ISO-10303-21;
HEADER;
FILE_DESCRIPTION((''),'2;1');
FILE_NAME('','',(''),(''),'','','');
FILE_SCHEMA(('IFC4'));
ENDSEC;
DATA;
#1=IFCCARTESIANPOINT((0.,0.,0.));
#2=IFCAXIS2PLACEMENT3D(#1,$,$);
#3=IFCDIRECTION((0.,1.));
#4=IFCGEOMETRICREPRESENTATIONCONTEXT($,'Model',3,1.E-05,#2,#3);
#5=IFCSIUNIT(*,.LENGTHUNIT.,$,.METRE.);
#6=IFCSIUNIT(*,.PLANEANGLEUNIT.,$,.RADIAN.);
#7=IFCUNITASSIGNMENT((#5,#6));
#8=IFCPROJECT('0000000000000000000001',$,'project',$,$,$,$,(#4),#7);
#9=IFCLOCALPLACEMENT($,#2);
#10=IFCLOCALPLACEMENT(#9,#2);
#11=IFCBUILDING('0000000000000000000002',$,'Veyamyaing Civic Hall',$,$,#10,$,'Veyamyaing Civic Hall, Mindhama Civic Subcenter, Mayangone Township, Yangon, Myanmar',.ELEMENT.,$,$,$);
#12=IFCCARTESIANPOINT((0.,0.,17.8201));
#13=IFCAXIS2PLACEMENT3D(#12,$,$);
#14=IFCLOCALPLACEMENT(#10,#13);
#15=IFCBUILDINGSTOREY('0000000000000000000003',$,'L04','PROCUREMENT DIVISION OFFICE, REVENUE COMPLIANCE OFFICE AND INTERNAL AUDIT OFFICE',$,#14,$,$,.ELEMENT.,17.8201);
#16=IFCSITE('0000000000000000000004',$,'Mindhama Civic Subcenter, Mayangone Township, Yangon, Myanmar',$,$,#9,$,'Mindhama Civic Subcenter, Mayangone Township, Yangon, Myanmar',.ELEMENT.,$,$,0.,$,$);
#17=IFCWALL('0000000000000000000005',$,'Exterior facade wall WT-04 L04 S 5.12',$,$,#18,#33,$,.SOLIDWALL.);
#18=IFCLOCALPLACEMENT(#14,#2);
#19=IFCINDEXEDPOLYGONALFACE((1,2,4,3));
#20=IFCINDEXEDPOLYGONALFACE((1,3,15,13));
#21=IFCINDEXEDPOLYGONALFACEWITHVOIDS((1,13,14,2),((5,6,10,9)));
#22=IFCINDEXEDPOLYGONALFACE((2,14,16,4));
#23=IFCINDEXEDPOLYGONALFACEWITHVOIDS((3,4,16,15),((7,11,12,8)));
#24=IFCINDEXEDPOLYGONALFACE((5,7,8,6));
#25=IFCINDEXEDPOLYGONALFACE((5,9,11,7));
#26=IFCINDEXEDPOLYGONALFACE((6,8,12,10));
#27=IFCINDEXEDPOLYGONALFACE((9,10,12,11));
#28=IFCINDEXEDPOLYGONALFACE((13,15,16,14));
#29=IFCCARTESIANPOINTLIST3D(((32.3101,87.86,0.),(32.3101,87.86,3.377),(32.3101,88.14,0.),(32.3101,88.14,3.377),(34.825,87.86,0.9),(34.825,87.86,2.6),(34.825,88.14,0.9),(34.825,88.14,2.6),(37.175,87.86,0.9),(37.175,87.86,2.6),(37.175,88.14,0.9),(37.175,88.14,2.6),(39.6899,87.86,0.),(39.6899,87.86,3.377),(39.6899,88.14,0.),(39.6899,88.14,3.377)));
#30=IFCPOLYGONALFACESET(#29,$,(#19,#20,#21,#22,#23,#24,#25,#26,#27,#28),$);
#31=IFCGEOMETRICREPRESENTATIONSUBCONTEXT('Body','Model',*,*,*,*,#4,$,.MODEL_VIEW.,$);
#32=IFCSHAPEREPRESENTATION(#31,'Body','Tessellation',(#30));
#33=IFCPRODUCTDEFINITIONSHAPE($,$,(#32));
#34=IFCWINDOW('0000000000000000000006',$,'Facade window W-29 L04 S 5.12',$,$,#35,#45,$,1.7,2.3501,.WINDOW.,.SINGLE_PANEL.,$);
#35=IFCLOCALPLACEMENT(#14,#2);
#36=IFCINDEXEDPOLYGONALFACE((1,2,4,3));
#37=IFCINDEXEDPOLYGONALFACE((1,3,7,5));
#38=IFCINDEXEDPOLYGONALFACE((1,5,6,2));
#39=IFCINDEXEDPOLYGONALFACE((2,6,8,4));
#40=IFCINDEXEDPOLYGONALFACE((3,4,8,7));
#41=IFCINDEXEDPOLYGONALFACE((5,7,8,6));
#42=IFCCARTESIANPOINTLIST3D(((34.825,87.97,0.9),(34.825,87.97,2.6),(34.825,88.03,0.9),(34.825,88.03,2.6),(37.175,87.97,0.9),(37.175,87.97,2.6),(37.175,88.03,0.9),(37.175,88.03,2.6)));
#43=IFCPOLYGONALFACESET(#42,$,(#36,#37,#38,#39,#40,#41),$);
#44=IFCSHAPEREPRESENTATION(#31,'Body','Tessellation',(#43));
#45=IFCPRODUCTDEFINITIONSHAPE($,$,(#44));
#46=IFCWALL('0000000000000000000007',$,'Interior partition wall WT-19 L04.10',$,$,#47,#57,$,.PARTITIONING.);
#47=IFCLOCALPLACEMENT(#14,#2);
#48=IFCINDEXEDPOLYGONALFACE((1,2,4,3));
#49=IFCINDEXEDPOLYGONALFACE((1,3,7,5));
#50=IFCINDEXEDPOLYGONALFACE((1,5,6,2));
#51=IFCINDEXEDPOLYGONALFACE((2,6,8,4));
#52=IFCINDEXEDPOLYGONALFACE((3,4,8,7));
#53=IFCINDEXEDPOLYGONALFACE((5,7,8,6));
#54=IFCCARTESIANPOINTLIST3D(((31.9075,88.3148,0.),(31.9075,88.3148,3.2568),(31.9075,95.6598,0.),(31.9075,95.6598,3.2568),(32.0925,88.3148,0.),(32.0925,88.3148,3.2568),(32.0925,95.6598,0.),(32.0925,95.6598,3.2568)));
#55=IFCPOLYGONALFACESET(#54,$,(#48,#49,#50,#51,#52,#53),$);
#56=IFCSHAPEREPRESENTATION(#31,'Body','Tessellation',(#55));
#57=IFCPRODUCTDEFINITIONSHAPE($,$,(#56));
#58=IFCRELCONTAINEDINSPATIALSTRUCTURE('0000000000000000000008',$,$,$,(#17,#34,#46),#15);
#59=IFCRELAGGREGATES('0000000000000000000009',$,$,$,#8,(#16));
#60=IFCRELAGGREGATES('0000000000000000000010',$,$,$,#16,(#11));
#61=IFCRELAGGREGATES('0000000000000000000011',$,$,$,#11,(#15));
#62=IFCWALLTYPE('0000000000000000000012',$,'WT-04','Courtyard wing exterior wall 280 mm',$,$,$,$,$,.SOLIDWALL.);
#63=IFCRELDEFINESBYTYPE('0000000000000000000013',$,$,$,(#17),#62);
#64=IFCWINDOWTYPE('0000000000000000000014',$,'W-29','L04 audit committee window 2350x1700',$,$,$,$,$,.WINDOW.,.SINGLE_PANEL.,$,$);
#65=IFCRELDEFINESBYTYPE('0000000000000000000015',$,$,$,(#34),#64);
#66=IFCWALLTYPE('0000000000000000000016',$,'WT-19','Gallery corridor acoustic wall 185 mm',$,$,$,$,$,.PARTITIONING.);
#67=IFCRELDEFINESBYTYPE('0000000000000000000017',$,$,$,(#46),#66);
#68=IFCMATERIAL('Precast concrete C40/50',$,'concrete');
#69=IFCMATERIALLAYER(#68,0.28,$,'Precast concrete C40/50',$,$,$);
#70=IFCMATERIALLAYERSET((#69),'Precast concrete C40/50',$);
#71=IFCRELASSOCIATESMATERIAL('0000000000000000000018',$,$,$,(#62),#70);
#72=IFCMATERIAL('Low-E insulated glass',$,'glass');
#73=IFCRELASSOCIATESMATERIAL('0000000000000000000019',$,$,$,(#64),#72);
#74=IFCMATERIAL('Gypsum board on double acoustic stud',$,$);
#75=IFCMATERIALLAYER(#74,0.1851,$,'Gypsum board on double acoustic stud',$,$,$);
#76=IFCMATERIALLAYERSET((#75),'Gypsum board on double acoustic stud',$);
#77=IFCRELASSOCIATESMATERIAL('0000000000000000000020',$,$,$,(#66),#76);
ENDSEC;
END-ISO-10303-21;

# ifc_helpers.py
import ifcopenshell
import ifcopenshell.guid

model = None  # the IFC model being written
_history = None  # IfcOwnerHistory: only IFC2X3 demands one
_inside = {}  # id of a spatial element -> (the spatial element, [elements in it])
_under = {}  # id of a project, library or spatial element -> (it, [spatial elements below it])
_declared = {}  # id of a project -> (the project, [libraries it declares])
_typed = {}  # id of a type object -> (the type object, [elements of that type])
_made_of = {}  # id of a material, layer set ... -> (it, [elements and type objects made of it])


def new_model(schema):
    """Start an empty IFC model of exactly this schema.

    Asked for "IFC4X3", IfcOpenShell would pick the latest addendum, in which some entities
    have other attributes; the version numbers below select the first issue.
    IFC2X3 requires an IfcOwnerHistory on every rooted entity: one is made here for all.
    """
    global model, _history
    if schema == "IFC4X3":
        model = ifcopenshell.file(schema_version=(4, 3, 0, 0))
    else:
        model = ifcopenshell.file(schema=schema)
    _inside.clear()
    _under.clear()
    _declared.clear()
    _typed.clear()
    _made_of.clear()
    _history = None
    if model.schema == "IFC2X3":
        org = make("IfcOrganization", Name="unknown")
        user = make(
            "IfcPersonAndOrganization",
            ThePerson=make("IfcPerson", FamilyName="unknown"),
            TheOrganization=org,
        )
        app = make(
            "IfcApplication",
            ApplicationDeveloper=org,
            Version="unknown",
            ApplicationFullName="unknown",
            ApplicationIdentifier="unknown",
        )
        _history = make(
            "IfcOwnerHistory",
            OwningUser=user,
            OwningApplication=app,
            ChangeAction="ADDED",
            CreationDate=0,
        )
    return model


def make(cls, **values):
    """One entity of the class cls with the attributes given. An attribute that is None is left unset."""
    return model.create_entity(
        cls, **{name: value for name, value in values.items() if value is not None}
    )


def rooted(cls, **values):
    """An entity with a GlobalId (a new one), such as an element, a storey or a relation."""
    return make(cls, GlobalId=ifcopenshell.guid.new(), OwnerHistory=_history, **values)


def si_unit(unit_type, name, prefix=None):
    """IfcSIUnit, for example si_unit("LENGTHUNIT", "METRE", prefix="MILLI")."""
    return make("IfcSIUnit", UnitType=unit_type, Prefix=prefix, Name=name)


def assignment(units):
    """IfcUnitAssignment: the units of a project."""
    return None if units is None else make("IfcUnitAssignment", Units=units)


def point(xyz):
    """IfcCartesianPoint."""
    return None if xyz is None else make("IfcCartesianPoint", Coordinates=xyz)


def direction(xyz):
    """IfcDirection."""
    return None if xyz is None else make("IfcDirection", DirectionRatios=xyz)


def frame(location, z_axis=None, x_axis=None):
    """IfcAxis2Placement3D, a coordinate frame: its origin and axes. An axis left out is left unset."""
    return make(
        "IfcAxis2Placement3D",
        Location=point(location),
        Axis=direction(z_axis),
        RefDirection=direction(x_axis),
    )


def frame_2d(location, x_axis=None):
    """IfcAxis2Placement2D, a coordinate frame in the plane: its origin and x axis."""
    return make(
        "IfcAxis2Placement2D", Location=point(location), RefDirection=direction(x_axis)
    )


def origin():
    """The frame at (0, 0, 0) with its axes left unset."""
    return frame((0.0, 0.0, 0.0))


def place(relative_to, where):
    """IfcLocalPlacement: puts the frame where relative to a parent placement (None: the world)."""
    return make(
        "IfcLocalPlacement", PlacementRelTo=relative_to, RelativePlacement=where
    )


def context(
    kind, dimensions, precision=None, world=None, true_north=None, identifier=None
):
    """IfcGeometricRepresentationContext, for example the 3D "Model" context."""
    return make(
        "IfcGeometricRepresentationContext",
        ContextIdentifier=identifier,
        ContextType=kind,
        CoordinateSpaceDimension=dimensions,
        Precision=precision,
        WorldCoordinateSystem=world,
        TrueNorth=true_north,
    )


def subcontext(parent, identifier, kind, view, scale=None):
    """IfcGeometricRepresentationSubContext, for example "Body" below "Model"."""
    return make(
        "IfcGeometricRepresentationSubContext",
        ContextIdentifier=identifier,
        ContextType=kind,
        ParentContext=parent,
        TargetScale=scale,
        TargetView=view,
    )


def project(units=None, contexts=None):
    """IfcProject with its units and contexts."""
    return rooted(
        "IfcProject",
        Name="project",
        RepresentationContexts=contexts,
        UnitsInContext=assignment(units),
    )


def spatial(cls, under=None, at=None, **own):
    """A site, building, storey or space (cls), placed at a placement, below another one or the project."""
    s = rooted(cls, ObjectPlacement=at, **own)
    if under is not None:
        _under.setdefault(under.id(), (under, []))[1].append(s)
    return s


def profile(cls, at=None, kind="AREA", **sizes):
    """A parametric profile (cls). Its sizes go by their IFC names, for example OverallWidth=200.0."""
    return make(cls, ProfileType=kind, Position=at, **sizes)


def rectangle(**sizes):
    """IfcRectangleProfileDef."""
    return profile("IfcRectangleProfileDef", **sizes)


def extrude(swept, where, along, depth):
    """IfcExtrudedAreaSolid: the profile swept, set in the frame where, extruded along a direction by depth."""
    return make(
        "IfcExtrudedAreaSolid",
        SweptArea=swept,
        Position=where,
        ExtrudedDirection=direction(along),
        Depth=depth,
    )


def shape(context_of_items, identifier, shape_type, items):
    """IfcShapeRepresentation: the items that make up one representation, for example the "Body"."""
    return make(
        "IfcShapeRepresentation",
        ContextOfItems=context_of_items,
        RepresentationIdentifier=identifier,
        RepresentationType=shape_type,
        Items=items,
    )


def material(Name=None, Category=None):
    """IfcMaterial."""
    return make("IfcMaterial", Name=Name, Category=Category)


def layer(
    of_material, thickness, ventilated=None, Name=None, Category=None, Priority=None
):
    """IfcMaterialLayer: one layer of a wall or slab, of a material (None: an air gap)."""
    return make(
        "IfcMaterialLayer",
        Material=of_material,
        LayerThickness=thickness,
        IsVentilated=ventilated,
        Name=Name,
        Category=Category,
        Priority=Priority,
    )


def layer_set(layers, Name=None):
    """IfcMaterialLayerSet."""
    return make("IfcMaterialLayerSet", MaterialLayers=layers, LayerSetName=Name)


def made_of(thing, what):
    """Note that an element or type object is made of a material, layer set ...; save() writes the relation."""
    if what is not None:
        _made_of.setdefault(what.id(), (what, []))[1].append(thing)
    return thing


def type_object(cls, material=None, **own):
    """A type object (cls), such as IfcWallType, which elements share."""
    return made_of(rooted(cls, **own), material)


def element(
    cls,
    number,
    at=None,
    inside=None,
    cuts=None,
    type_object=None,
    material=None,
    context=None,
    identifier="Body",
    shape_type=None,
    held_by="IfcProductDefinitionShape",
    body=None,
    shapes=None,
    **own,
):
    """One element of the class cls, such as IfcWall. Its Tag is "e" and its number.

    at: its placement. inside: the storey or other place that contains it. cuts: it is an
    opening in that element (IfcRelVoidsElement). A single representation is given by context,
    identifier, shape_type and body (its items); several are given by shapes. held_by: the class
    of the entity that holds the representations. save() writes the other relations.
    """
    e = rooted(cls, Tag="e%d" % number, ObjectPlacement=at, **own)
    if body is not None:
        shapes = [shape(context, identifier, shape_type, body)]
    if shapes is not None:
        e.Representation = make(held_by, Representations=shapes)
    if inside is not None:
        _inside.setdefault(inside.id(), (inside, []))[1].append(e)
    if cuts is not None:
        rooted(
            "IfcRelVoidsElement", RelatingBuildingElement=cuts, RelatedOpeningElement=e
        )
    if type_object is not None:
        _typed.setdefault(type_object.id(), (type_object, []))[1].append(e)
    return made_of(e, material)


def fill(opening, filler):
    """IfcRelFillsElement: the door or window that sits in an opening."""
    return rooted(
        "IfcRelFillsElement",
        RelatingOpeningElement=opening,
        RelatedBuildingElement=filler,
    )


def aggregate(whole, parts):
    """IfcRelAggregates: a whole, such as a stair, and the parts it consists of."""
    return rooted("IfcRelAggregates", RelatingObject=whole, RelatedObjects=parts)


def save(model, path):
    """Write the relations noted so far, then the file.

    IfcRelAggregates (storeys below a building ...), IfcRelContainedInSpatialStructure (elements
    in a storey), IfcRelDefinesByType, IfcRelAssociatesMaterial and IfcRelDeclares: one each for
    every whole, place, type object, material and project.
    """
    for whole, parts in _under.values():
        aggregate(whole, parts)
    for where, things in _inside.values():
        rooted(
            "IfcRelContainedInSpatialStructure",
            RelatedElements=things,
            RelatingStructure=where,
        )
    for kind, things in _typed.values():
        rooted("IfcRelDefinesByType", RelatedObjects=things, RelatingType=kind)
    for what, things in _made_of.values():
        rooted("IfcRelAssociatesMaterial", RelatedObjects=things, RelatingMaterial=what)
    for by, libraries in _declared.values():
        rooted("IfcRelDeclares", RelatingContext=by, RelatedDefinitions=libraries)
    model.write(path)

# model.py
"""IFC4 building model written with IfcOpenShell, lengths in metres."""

from ifc_helpers import new_model, si_unit, direction, frame, frame_2d, origin, place, context, subcontext, project, spatial, rectangle, extrude, material, layer, layer_set, type_object, element, fill, save


model = new_model("IFC4")

# Units and contexts
model_context = context("Model", 3, precision=1e-05, world=origin(), true_north=direction((0.0, 1.0)))
body_context = subcontext(model_context, "Body", "Model", "MODEL_VIEW")
ifc_project = project(units=[si_unit("LENGTHUNIT", "METRE"), si_unit("PLANEANGLEUNIT", "RADIAN")], contexts=[model_context])

# Site, building, storey
site_placement = place(None, origin())
site = spatial("IfcSite", under=ifc_project, at=site_placement, Name="Mindhama Civic Subcenter, Mayangone Township, Yangon, Myanmar", LongName="Mindhama Civic Subcenter, Mayangone Township, Yangon, Myanmar", CompositionType="ELEMENT", RefElevation=0.0)
building_placement = place(site_placement, origin())
building = spatial("IfcBuilding", under=site, at=building_placement, Name="Veyamyaing Civic Hall", LongName="Veyamyaing Civic Hall, Mindhama Civic Subcenter, Mayangone Township, Yangon, Myanmar", CompositionType="ELEMENT")
storey_placement = place(building_placement, frame((0.0, 0.0, 17.8201)))
storey = spatial("IfcBuildingStorey", under=building, at=storey_placement, Name="L04", Description="PROCUREMENT DIVISION OFFICE, REVENUE COMPLIANCE OFFICE AND INTERNAL AUDIT OFFICE", CompositionType="ELEMENT", Elevation=17.8201)

# Shared definitions
ifc_material_1 = material(Name="Low-E insulated glass", Category="glass")

# Wall, opening, window
ifc_material_2 = material(Name="Precast concrete C40/50", Category="concrete")
ifc_layer_1 = layer(ifc_material_2, 0.28, Name="Precast concrete C40/50")
ifc_layer_set_1 = layer_set([ifc_layer_1], Name="Precast concrete C40/50")
wall_type_1 = type_object("IfcWallType", Name="WT-04", Description="Courtyard wing exterior wall 280 mm", PredefinedType="SOLIDWALL", material=ifc_layer_set_1)
wall_1_placement = place(storey_placement, frame((32.3101, 88.0, 0.0), z_axis=(0.0, 0.0, 1.0), x_axis=(1.0, 0.0, 0.0)))
wall_1 = element("IfcWall", 1, at=wall_1_placement, inside=storey, type_object=wall_type_1, Name="Exterior facade wall WT-04 L04 S 5.12", PredefinedType="SOLIDWALL", context=body_context, shape_type="SweptSolid", body=[
    extrude(rectangle(XDim=7.3799, YDim=0.28, at=frame_2d((3.6899, 0.0))), origin(), (0.0, 0.0, 1.0), 3.377),
])
opening_placement = place(wall_1_placement, frame((2.5149, 0.0, 0.8999)))
opening = element("IfcOpeningElement", 2, at=opening_placement, cuts=wall_1, PredefinedType="OPENING", context=body_context, shape_type="SweptSolid", body=[
    extrude(rectangle(XDim=2.3501, YDim=1.7, at=frame_2d((1.175, 0.8501))), frame((0.0, 0.1499, 0.0), z_axis=(0.0, -1.0, 0.0), x_axis=(1.0, 0.0, 0.0)), (0.0, 0.0, 1.0), 0.3),
])
window_type = type_object("IfcWindowType", Name="W-29", Description="L04 audit committee window 2350x1700", PartitioningType="SINGLE_PANEL", PredefinedType="WINDOW", material=ifc_material_1)
window_placement = place(opening_placement, origin())
window = element("IfcWindow", 3, at=window_placement, inside=storey, type_object=window_type, Name="Facade window W-29 L04 S 5.12", OverallHeight=1.7, OverallWidth=2.3501, PartitioningType="SINGLE_PANEL", PredefinedType="WINDOW", context=body_context, shape_type="SweptSolid", body=[
    extrude(rectangle(XDim=2.3501, YDim=1.7, at=frame_2d((1.175, 0.8501))), frame((0.0, 0.03, 0.0), z_axis=(0.0, -1.0, 0.0), x_axis=(1.0, 0.0, 0.0)), (0.0, 0.0, 1.0), 0.0601),
])
fill(opening, window)

# Wall
ifc_material_3 = material(Name="Gypsum board on double acoustic stud")
ifc_layer_2 = layer(ifc_material_3, 0.1851, Name="Gypsum board on double acoustic stud")
ifc_layer_set_2 = layer_set([ifc_layer_2], Name="Gypsum board on double acoustic stud")
wall_type_2 = type_object("IfcWallType", Name="WT-19", Description="Gallery corridor acoustic wall 185 mm", PredefinedType="PARTITIONING", material=ifc_layer_set_2)
wall_2_placement = place(storey_placement, frame((32.0, 88.3149, 0.0), z_axis=(0.0, 0.0, 1.0), x_axis=(0.0, 1.0, 0.0)))
element("IfcWall", 4, at=wall_2_placement, inside=storey, type_object=wall_type_2, Name="Interior partition wall WT-19 L04.10", PredefinedType="PARTITIONING", context=body_context, shape_type="SweptSolid", body=[
    extrude(rectangle(XDim=7.345, YDim=0.1851, at=frame_2d((3.6724, 0.0))), origin(), (0.0, 0.0, 1.0), 3.2568),
])

save(model, "model.ifc")
